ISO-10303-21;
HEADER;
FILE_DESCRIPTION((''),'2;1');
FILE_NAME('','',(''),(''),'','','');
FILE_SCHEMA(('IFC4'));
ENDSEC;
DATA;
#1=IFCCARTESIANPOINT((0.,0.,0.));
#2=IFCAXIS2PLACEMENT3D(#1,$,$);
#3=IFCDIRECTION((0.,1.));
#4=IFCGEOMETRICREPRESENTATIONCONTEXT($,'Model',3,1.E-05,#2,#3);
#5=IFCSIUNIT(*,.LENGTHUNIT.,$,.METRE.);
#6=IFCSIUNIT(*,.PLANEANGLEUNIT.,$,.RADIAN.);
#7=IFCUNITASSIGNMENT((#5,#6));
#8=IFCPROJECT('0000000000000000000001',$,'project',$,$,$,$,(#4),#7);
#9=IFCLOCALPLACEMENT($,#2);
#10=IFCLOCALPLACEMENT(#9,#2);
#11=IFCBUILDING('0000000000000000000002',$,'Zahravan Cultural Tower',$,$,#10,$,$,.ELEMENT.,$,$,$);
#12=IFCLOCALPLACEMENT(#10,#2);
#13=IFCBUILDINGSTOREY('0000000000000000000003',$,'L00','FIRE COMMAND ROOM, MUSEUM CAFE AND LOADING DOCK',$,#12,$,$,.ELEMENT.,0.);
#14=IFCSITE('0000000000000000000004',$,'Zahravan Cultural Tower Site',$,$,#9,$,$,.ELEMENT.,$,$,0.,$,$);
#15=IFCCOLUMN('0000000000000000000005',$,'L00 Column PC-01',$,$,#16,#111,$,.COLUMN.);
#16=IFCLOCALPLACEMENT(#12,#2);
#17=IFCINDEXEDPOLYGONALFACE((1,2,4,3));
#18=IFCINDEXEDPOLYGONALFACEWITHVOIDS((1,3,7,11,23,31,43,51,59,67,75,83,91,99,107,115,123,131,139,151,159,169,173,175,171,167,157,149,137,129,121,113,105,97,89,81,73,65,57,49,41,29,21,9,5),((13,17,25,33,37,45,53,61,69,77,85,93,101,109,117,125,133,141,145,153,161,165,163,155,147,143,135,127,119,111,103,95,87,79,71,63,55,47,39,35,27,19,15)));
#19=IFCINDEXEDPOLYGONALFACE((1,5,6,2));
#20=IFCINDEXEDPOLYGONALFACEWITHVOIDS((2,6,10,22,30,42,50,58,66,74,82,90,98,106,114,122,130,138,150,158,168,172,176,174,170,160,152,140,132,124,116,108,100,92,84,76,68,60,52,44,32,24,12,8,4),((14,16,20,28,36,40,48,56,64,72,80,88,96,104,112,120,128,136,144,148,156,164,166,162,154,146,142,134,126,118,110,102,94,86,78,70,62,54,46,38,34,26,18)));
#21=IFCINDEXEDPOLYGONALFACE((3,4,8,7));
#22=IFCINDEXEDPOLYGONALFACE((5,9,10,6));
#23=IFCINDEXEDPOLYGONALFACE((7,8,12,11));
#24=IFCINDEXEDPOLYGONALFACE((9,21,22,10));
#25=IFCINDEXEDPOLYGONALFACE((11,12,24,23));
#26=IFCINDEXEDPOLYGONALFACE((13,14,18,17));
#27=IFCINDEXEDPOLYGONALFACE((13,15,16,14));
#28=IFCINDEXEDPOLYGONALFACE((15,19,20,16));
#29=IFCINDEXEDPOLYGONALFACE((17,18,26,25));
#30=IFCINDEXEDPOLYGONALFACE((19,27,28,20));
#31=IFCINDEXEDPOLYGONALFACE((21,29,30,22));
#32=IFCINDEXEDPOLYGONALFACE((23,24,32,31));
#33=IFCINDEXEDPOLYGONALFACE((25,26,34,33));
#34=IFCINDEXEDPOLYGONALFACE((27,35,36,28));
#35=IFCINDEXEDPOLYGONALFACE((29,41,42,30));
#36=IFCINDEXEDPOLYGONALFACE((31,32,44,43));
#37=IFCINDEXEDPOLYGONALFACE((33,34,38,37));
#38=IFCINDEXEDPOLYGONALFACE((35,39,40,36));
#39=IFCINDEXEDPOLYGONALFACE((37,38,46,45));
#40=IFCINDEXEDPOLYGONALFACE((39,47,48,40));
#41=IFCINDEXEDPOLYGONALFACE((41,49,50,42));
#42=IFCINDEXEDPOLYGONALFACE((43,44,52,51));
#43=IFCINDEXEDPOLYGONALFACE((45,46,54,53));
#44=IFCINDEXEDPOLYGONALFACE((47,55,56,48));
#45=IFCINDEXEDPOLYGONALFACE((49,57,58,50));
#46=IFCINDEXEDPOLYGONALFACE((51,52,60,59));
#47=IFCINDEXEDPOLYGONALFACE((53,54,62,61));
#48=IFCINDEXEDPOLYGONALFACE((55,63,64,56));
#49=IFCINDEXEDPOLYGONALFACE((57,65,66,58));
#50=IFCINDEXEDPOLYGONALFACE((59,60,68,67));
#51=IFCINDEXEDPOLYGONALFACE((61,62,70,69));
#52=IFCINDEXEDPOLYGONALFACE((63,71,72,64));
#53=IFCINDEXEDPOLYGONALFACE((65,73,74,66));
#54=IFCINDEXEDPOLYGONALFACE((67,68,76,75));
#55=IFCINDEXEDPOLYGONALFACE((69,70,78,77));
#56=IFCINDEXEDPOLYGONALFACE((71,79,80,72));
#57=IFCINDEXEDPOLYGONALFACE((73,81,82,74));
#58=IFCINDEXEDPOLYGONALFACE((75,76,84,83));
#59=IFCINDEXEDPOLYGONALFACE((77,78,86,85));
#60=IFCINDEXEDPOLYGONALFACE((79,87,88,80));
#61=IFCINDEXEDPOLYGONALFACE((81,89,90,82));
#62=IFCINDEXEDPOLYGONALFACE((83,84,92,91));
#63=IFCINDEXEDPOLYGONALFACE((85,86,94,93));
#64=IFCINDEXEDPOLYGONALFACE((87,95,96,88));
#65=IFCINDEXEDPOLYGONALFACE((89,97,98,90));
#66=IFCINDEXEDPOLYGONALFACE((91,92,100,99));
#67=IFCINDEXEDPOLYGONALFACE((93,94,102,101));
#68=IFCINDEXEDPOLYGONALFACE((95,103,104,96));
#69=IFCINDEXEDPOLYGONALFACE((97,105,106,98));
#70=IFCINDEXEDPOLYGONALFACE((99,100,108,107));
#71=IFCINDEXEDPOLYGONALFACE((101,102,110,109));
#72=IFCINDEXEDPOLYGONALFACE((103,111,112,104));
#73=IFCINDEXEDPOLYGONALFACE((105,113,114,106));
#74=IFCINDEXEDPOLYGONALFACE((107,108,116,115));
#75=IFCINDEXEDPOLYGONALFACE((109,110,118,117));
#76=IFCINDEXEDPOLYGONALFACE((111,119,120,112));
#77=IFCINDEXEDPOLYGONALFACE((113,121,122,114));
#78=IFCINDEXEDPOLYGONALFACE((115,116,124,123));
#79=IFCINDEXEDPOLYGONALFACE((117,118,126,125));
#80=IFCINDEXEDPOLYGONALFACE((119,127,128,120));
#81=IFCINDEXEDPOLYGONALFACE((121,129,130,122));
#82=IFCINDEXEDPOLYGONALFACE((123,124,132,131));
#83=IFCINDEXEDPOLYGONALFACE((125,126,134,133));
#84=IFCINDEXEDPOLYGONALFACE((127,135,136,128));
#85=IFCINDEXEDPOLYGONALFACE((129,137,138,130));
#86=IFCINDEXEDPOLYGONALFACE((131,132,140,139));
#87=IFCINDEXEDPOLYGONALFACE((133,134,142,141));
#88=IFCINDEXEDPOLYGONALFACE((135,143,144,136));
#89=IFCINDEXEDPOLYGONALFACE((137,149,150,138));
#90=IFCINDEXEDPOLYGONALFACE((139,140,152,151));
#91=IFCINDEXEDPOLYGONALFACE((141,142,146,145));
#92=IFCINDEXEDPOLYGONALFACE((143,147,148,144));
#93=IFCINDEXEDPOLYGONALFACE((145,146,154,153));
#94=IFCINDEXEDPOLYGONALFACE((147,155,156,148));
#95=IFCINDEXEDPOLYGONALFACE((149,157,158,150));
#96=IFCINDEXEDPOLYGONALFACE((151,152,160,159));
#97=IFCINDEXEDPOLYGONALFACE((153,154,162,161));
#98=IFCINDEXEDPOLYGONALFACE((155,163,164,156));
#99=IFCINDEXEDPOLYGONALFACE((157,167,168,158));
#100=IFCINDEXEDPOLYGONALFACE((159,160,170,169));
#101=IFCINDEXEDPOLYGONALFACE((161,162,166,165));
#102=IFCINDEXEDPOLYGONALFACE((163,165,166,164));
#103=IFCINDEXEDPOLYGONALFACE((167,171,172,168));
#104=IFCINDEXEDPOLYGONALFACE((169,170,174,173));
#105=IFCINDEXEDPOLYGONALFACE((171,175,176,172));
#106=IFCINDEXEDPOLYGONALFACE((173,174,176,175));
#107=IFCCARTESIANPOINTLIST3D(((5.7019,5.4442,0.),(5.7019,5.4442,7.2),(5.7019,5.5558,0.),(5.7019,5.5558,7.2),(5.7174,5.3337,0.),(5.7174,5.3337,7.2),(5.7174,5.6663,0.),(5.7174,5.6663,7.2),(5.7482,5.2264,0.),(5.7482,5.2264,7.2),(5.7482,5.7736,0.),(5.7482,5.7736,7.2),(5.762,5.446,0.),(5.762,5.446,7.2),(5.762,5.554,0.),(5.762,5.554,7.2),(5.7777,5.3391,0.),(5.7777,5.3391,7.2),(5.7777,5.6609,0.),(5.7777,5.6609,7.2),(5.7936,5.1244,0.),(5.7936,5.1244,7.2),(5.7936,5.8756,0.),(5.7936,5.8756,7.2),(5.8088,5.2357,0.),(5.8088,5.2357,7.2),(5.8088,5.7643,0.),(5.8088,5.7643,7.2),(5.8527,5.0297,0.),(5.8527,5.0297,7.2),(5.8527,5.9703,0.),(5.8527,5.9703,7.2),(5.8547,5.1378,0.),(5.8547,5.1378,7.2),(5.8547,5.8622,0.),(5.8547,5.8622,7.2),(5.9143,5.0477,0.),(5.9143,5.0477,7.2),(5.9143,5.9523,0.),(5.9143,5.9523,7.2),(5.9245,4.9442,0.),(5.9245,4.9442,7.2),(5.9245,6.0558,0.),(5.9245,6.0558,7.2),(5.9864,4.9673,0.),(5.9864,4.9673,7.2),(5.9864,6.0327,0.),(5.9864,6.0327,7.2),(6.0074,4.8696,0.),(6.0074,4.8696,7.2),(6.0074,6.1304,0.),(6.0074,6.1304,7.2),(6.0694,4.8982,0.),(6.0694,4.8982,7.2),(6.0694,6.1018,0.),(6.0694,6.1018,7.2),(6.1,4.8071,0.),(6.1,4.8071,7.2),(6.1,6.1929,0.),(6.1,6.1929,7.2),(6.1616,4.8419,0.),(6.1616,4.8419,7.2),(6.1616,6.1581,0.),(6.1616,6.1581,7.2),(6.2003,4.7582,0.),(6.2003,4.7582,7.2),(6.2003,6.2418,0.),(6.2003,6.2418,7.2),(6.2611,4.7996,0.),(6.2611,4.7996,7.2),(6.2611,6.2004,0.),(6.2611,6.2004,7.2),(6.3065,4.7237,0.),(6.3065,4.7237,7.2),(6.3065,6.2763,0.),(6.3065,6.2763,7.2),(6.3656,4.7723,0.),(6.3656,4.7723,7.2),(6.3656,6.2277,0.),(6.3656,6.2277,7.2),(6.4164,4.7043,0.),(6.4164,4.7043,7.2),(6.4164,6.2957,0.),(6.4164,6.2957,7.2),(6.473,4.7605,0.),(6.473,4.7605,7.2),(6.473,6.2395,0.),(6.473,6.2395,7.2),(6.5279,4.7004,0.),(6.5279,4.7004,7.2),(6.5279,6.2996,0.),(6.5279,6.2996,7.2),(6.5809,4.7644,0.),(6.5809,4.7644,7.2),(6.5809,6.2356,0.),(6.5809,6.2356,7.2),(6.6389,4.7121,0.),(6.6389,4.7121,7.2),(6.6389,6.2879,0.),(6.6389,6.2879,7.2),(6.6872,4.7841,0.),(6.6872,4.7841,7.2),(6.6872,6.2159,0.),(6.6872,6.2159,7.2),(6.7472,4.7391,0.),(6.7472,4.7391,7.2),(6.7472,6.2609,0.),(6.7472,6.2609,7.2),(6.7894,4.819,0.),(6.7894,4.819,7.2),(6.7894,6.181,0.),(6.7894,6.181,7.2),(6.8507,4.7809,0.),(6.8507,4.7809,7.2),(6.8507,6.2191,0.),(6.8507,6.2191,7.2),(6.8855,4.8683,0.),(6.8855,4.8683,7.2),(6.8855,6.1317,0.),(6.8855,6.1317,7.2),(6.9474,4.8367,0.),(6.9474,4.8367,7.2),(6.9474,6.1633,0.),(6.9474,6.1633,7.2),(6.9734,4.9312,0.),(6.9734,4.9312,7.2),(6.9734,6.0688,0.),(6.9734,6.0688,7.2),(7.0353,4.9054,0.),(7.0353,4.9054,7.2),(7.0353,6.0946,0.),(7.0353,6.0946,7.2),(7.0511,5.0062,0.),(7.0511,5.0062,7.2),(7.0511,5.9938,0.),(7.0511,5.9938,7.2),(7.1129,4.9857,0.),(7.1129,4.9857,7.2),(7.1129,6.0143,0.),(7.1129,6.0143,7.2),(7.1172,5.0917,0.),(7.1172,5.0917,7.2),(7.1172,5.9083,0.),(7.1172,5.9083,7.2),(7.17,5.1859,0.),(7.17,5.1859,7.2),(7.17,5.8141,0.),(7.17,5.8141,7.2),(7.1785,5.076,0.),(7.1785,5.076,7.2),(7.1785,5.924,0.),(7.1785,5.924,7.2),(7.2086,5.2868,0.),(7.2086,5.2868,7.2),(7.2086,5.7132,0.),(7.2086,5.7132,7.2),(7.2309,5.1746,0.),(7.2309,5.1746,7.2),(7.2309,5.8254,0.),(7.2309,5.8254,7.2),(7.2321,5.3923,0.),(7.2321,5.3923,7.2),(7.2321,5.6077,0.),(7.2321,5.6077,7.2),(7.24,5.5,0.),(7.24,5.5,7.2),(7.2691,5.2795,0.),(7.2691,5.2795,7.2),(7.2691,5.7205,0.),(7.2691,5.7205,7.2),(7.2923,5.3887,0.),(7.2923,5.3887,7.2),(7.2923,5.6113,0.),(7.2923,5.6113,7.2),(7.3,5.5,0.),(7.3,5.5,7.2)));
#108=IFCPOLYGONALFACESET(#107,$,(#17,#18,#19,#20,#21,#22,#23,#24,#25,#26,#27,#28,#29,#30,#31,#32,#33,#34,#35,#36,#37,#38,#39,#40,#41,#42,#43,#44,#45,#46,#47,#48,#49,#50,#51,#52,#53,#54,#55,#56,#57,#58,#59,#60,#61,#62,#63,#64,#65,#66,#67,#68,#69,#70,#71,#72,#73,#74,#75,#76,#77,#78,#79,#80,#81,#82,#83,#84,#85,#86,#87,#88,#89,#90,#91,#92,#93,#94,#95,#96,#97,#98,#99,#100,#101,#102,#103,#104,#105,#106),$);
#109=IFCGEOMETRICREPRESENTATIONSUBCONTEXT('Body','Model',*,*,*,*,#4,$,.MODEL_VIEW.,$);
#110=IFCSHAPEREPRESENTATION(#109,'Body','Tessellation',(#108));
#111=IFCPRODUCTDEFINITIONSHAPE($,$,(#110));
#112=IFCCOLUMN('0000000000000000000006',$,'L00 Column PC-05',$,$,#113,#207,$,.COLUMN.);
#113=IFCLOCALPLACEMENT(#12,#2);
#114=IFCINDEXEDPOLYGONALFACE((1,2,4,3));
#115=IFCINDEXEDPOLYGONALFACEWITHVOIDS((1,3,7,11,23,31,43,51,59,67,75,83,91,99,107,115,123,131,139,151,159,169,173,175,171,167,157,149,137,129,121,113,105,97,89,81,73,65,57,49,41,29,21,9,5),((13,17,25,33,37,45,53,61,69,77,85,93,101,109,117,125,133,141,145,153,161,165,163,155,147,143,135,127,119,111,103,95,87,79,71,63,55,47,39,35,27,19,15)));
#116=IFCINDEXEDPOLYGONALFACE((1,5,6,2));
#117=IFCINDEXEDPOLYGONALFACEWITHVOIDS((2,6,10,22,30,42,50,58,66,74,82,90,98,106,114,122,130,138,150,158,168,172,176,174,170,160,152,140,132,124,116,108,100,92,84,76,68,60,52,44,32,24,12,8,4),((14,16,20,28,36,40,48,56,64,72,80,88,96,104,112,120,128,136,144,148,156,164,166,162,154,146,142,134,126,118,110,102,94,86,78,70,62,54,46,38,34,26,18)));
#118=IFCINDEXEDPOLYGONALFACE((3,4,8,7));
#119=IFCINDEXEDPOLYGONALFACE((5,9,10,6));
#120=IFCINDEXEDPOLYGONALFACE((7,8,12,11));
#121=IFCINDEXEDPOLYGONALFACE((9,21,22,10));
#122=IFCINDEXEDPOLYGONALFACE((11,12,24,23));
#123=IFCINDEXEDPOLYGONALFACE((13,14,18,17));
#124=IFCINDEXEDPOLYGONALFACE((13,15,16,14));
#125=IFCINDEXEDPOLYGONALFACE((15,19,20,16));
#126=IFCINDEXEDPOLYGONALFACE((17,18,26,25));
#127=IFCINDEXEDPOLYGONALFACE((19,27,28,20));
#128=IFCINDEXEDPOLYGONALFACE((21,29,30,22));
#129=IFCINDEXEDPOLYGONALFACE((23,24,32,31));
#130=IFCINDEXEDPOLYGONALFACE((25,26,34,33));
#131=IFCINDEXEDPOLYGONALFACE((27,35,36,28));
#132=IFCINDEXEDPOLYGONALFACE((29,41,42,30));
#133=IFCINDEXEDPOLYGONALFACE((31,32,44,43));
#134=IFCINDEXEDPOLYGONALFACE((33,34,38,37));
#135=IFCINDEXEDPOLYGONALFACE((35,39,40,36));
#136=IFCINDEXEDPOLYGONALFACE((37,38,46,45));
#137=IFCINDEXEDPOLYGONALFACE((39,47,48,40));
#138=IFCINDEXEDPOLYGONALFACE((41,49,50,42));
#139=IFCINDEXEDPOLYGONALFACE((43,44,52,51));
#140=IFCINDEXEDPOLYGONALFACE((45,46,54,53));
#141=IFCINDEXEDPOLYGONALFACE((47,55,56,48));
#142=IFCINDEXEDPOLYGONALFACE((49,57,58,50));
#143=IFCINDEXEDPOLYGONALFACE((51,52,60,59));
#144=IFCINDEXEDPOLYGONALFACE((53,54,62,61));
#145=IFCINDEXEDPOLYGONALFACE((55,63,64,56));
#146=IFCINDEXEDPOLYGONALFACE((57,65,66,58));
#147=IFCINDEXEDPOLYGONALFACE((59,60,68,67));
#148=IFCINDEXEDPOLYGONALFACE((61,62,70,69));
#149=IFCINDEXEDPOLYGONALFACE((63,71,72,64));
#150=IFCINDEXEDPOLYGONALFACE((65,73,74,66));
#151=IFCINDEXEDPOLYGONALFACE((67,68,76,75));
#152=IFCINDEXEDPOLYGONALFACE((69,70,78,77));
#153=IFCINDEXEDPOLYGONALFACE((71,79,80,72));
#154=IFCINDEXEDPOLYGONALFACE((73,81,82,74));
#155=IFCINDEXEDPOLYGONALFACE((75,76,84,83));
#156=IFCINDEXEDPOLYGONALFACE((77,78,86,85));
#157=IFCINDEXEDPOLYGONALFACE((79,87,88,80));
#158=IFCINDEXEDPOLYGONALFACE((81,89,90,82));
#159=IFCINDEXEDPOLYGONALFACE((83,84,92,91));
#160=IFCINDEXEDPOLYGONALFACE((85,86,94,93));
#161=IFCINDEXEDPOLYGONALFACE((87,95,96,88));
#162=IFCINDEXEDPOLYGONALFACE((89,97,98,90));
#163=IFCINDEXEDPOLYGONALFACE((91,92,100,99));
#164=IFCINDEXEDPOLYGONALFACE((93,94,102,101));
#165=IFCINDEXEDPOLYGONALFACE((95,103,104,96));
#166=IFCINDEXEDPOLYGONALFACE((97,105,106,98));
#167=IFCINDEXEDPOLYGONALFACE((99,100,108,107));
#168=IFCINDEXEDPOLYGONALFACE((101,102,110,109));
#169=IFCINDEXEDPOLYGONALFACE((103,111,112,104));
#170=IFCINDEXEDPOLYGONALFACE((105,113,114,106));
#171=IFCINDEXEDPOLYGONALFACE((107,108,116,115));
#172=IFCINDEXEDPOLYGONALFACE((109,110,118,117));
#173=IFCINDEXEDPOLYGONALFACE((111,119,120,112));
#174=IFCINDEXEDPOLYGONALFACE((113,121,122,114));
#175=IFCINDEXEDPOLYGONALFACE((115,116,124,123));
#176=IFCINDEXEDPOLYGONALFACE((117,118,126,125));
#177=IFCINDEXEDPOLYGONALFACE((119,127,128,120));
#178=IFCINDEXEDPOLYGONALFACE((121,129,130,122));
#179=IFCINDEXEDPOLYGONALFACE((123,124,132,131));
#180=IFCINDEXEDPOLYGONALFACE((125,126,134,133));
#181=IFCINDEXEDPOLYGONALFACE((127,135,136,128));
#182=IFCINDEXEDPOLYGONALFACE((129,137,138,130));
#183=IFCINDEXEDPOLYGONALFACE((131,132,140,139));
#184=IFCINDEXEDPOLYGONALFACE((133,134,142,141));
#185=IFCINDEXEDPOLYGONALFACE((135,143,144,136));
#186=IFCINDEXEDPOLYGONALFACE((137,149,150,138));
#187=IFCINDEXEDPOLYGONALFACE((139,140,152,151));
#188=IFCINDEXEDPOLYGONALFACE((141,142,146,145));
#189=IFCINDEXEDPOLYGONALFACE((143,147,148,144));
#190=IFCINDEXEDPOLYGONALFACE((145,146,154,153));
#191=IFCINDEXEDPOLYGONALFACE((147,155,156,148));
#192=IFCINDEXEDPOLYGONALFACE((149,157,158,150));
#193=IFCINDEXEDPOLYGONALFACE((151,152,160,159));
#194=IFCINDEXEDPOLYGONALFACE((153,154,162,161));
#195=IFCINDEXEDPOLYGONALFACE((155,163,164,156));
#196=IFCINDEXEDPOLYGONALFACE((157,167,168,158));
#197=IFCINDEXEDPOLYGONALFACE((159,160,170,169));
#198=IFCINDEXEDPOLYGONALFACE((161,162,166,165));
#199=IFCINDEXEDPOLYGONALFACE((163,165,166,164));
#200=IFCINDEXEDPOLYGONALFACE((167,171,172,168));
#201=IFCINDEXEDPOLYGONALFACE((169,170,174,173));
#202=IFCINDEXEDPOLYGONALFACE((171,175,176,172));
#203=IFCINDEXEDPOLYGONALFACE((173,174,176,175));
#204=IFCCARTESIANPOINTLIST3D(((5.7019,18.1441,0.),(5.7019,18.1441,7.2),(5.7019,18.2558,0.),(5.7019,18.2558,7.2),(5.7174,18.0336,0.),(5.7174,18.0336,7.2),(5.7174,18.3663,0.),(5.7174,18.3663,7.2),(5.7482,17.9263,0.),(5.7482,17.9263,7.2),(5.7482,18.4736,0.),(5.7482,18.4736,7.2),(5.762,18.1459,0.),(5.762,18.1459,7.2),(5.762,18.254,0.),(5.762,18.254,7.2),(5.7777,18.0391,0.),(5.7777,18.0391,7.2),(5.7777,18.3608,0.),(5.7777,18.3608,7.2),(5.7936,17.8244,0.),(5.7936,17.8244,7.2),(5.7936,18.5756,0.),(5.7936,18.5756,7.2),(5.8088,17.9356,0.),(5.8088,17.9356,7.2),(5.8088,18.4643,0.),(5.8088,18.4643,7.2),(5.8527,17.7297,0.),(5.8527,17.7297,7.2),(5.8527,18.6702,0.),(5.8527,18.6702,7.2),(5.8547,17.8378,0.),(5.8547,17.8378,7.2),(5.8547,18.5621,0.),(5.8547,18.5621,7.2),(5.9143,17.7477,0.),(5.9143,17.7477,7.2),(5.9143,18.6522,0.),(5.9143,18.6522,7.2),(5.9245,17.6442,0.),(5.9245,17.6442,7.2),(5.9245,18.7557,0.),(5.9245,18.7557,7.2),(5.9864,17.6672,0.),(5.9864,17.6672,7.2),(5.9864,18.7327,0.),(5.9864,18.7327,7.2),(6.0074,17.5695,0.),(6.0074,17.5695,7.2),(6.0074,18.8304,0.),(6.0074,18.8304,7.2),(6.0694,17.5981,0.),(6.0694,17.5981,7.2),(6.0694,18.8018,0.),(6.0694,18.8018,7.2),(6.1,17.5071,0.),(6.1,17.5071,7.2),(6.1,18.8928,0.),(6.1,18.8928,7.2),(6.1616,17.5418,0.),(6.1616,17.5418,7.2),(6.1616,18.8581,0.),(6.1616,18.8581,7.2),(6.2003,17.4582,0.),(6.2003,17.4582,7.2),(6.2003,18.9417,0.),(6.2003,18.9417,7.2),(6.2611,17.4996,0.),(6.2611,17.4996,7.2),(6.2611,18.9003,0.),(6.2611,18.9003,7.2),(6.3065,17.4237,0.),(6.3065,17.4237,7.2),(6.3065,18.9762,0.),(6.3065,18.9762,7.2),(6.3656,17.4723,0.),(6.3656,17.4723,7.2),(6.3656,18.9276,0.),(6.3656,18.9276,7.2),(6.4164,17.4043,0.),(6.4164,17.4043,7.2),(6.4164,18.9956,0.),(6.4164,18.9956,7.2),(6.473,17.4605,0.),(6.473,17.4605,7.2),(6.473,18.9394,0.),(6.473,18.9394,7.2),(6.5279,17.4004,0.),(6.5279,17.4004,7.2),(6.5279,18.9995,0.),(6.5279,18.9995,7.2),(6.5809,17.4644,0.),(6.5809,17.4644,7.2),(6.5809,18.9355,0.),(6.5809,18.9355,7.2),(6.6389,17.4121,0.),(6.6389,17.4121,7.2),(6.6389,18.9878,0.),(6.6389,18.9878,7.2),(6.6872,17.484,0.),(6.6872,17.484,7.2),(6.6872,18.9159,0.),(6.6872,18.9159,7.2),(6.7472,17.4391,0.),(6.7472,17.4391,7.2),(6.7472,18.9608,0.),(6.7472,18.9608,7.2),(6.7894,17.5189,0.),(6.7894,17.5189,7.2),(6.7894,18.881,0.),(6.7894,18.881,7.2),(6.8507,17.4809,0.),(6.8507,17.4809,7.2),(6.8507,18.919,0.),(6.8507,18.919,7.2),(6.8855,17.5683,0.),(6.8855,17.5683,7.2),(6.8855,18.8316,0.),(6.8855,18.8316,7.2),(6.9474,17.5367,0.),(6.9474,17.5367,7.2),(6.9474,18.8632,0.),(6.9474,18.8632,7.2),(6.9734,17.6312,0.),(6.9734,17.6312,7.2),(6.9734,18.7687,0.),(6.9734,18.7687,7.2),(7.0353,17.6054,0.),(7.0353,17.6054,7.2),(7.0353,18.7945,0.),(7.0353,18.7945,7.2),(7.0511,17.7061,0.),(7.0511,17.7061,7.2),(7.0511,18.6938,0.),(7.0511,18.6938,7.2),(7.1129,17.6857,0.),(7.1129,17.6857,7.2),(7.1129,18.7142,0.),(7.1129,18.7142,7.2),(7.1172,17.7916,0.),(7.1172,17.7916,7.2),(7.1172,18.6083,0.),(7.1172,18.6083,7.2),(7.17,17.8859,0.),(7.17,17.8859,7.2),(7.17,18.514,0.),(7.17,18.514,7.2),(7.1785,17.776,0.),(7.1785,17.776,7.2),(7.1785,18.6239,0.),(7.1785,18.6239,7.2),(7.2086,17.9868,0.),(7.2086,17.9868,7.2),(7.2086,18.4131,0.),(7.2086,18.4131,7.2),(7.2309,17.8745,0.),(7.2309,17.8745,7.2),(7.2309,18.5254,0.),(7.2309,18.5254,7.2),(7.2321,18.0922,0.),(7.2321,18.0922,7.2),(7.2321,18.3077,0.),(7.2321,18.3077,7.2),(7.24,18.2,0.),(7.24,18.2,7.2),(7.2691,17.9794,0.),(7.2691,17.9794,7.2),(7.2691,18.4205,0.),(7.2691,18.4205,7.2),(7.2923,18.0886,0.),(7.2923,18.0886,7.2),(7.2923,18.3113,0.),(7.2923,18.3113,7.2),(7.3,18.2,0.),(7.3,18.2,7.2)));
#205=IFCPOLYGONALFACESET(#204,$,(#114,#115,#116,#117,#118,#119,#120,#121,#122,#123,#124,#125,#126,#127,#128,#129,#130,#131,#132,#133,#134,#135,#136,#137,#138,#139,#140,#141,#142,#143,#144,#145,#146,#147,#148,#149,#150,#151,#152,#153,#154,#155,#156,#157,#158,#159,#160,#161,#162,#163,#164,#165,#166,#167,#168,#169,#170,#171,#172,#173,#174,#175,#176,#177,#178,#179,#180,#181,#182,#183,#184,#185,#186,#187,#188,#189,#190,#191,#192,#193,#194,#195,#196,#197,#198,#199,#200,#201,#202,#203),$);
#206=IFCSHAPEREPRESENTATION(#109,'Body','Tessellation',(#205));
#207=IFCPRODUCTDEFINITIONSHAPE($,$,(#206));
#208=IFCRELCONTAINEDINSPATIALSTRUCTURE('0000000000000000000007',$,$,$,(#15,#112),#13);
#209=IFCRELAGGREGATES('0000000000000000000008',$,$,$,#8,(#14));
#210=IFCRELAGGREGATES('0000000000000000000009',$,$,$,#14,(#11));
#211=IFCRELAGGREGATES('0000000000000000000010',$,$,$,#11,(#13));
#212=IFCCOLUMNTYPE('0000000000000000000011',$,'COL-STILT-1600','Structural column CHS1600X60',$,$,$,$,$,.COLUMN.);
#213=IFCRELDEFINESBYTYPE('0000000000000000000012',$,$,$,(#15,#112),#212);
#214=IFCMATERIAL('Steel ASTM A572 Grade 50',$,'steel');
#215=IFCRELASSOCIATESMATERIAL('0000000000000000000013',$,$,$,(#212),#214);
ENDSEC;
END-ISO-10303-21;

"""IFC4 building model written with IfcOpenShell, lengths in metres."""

from ifc_helpers import new_model, si_unit, direction, frame, origin, origin_2d, place, context, subcontext, project, spatial, hollow_circle, extrude, source, transform, mapped, material, material_profile, profile_set, type_object, element, save


model = new_model("IFC4")

# Units and contexts
model_context = context("Model", 3, precision=1e-05, world=origin(), true_north=direction((0.0, 1.0)))
body_context = subcontext(model_context, "Body", "Model", "MODEL_VIEW")
ifc_project = project(units=[si_unit("LENGTHUNIT", "METRE"), si_unit("PLANEANGLEUNIT", "RADIAN")], contexts=[model_context])

# Site, building, storey
site_placement = place(None, origin())
site = spatial("IfcSite", under=ifc_project, at=site_placement, Name="Zahravan Cultural Tower Site", CompositionType="ELEMENT", RefElevation=0.0)
building_placement = place(site_placement, origin())
building = spatial("IfcBuilding", under=site, at=building_placement, Name="Zahravan Cultural Tower", CompositionType="ELEMENT")
storey_placement = place(building_placement, origin())
storey = spatial("IfcBuildingStorey", under=building, at=storey_placement, Name="L00", Description="FIRE COMMAND ROOM, MUSEUM CAFE AND LOADING DOCK", CompositionType="ELEMENT", Elevation=0.0)

# Columns
ifc_material_1 = material(Name="Steel ASTM A572 Grade 50", Category="steel")
ifc_material_profile_1 = material_profile(ifc_material_1, hollow_circle(Radius=0.8, WallThickness=0.0601, at=origin_2d()), Name="CHS1600X60")
ifc_profile_set_1 = profile_set([ifc_material_profile_1], Name="Steel ASTM A572 Grade 50")
column_type_1 = type_object("IfcColumnType", Name="COL-STILT-1600", Description="Structural column CHS1600X60", PredefinedType="COLUMN", material=ifc_profile_set_1)
shared_shape_1 = source(origin(), body_context, "Body", "SweptSolid", [
    extrude(hollow_circle(Radius=0.8, WallThickness=0.0601, at=origin_2d()), origin(), (0.0, 0.0, 1.0), 7.2),
])
for number, where, z_axis, x_axis, name in (
    (1, (6.5, 5.5, 0.0), (0.0, 0.0, 1.0), (1.0, 0.0, 0.0), "L00 Column PC-01"),
    (2, (6.5, 18.2, 0.0), (0.0, 0.0, 1.0), (1.0, 0.0, 0.0), "L00 Column PC-05"),
):
    element("IfcColumn", number, at=place(storey_placement, frame(where, z_axis=z_axis, x_axis=x_axis)), inside=storey, type_object=column_type_1, Name=name, PredefinedType="COLUMN", context=body_context, shape_type="MappedRepresentation", body=[
        mapped(shared_shape_1, transform((0.0, 0.0, 0.0), x_axis=(1.0, 0.0, 0.0), y_axis=(0.0, 1.0, 0.0), z_axis=(0.0, 0.0, 1.0), scale=1.0)),
    ])

save(model, "model.ifc")
